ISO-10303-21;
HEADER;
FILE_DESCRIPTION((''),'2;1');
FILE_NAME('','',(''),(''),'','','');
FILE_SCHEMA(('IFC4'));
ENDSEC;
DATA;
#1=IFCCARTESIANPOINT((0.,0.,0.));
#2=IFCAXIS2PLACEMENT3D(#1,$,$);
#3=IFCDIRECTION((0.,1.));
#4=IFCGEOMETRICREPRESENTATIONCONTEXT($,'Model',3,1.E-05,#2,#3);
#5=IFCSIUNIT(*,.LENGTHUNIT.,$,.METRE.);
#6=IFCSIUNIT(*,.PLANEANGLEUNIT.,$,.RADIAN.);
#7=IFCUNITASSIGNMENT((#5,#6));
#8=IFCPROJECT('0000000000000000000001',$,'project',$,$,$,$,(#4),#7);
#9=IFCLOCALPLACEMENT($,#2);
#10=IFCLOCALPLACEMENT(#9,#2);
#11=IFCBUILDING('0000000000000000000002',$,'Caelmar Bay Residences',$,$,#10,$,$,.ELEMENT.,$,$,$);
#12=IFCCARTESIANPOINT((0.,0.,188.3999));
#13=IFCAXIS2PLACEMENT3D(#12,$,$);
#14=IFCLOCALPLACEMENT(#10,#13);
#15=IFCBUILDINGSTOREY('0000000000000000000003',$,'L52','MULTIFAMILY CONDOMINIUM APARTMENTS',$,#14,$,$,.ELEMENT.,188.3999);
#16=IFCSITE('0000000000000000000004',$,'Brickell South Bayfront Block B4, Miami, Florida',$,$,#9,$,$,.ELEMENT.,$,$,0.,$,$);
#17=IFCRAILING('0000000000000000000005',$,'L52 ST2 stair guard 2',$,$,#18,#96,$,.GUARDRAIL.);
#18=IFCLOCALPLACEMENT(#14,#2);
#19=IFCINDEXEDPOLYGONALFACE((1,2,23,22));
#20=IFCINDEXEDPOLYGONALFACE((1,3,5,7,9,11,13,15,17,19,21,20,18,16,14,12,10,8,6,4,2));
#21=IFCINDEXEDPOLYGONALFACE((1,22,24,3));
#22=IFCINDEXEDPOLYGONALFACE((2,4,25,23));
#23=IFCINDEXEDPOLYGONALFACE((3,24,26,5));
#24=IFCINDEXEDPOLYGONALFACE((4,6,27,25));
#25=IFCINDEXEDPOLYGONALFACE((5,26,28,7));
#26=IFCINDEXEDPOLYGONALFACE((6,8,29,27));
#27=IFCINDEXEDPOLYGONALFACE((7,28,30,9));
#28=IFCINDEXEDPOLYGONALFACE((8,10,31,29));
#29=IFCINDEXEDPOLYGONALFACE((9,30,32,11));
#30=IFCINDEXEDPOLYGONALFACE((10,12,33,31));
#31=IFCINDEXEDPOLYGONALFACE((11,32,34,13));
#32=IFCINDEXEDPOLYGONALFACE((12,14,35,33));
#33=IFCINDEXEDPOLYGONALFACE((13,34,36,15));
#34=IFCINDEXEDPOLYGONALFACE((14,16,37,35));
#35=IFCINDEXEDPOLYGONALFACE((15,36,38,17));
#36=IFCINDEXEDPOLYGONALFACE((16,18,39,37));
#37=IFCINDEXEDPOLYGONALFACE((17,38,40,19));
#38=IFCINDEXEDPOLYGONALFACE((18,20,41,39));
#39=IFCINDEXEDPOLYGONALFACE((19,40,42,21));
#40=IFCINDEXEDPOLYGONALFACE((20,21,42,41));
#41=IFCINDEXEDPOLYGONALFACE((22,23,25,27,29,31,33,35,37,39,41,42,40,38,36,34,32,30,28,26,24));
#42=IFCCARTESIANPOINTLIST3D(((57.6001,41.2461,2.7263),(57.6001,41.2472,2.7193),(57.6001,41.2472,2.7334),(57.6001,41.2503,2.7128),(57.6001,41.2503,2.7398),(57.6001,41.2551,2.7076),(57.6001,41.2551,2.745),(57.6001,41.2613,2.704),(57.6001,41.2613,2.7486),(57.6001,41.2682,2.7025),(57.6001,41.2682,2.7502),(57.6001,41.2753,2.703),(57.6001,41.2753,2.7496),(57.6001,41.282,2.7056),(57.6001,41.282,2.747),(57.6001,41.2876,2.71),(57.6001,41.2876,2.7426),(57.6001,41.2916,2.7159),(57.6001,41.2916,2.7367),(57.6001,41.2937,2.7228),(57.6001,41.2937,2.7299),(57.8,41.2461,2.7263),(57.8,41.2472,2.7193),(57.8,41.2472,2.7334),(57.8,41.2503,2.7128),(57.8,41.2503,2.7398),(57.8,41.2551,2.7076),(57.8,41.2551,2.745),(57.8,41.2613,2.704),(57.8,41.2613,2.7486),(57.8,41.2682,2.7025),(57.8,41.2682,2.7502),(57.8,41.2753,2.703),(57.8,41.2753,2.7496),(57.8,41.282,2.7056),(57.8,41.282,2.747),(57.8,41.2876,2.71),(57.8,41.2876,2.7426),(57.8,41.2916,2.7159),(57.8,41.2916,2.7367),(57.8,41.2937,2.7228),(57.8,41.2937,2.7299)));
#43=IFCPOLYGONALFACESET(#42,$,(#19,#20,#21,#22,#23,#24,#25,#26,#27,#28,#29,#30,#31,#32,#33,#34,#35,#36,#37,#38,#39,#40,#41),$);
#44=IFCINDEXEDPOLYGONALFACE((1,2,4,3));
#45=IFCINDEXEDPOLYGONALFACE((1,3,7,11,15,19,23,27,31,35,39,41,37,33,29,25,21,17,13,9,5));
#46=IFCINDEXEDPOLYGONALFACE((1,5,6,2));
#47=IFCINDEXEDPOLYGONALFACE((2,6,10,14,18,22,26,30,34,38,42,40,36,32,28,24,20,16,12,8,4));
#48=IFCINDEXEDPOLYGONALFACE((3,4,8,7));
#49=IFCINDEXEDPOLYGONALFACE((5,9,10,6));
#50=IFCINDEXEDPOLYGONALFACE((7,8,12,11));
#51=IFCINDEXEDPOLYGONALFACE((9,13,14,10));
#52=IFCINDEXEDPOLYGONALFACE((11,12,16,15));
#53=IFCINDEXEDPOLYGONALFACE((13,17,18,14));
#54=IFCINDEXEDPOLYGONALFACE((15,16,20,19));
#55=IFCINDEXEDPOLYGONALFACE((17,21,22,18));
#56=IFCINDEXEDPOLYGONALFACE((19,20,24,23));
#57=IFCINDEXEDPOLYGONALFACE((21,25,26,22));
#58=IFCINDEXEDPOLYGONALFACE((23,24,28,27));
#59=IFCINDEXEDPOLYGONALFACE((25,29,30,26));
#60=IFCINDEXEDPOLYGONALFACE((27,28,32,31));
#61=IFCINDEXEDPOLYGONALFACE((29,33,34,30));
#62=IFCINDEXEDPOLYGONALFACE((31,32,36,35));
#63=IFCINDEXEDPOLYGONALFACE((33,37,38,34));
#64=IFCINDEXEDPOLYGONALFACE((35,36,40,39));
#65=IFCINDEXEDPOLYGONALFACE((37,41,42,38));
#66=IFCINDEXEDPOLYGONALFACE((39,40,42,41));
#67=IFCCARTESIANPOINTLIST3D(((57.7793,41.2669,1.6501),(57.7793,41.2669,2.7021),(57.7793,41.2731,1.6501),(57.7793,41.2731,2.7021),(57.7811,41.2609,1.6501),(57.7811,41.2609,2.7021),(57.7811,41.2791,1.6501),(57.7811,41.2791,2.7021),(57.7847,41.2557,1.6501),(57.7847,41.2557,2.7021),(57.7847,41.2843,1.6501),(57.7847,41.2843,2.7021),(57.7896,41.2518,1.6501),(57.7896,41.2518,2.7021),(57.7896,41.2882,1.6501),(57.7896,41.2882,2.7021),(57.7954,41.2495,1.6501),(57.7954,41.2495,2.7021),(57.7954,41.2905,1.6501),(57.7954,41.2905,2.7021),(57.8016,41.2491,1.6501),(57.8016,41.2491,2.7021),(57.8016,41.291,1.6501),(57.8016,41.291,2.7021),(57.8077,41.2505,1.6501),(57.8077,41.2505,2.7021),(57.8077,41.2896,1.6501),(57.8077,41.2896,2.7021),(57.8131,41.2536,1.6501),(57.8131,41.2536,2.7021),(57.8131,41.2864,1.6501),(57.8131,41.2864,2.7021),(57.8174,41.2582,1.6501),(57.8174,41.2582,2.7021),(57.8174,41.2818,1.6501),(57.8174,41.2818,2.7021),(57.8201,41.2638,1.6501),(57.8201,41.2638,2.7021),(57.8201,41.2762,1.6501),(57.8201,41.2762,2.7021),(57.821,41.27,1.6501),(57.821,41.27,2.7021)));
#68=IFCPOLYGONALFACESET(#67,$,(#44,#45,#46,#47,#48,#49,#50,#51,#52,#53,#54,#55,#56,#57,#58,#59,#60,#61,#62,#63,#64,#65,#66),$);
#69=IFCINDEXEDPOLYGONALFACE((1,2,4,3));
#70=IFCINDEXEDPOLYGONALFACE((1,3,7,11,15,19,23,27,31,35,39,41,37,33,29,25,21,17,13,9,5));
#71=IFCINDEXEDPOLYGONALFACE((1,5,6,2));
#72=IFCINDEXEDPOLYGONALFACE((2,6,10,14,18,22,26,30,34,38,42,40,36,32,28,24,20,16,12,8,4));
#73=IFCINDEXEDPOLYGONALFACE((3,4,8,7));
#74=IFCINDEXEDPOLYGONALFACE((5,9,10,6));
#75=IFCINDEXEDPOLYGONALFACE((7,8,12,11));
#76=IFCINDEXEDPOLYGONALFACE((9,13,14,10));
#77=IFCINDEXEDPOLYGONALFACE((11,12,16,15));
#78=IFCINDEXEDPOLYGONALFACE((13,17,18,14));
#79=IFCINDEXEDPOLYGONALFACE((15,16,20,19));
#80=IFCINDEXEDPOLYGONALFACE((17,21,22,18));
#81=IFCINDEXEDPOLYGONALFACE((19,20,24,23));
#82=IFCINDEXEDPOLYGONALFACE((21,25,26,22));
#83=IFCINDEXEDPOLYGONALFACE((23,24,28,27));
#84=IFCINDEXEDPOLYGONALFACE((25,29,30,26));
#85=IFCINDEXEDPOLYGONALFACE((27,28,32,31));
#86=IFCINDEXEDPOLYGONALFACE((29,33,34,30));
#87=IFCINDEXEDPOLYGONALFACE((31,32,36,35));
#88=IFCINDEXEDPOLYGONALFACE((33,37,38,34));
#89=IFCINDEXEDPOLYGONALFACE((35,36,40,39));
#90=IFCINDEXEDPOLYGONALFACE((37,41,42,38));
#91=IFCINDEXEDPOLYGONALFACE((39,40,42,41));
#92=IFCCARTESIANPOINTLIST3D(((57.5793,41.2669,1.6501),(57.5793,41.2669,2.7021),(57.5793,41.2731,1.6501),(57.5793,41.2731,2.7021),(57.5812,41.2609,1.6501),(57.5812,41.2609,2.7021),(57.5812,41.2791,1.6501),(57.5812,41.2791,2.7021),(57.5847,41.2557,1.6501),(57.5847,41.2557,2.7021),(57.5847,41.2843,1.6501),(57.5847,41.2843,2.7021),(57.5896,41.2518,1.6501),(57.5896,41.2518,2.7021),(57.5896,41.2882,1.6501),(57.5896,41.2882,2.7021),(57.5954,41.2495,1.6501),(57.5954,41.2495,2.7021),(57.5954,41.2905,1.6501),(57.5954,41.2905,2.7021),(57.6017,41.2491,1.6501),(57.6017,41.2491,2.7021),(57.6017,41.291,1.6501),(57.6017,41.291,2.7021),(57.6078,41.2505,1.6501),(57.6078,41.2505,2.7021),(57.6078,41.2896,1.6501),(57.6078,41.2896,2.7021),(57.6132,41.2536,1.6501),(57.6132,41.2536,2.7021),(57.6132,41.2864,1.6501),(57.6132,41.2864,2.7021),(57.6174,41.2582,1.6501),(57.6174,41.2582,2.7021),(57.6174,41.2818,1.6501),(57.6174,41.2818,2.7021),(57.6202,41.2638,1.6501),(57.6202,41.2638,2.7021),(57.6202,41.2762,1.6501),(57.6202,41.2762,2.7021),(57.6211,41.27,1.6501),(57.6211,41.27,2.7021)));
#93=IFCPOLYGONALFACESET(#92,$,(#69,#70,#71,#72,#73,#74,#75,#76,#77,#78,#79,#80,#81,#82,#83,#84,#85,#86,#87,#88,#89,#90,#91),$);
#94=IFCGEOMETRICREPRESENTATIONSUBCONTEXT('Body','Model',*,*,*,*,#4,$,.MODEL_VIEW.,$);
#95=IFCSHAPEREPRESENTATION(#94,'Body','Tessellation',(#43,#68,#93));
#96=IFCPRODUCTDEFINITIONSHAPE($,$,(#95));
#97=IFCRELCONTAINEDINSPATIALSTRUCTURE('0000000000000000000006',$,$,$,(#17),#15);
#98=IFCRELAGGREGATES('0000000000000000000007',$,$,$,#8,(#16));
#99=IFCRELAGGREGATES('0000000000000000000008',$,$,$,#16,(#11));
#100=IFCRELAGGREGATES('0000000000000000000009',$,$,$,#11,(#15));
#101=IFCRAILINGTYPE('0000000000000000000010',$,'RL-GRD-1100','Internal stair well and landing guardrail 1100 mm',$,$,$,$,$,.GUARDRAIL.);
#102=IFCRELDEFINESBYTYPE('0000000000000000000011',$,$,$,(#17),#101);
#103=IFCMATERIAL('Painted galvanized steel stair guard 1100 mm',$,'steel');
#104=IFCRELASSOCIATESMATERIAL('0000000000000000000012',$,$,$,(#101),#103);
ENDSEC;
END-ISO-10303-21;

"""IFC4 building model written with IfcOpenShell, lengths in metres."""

from ifc_helpers import new_model, si_unit, direction, frame, origin, origin_2d, place, context, subcontext, project, spatial, circle, extrude, material, type_object, element, save


model = new_model("IFC4")

# Units and contexts
model_context = context("Model", 3, precision=1e-05, world=origin(), true_north=direction((0.0, 1.0)))
body_context = subcontext(model_context, "Body", "Model", "MODEL_VIEW")
ifc_project = project(units=[si_unit("LENGTHUNIT", "METRE"), si_unit("PLANEANGLEUNIT", "RADIAN")], contexts=[model_context])

# Site, building, storey
site_placement = place(None, origin())
site = spatial("IfcSite", under=ifc_project, at=site_placement, Name="Brickell South Bayfront Block B4, Miami, Florida", CompositionType="ELEMENT", RefElevation=0.0)
building_placement = place(site_placement, origin())
building = spatial("IfcBuilding", under=site, at=building_placement, Name="Caelmar Bay Residences", CompositionType="ELEMENT")
storey_placement = place(building_placement, frame((0.0, 0.0, 188.3999)))
storey = spatial("IfcBuildingStorey", under=building, at=storey_placement, Name="L52", Description="MULTIFAMILY CONDOMINIUM APARTMENTS", CompositionType="ELEMENT", Elevation=188.3999)

# Railing
ifc_material_1 = material(Name="Painted galvanized steel stair guard 1100 mm", Category="steel")
railing_type_1 = type_object("IfcRailingType", Name="RL-GRD-1100", Description="Internal stair well and landing guardrail 1100 mm", PredefinedType="GUARDRAIL", material=ifc_material_1)
railing_1_placement = place(storey_placement, frame((57.8, 41.27, 1.6501)))
element("IfcRailing", 1, at=railing_1_placement, inside=storey, type_object=railing_type_1, Name="L52 ST2 stair guard 2", PredefinedType="GUARDRAIL", context=body_context, shape_type="SweptSolid", body=[
    extrude(circle(Radius=0.0239, at=origin_2d()), frame((0.0, 0.0, 1.0762), z_axis=(-1.0, 0.0, 0.0), x_axis=(0.0, -1.0, 0.0)), (0.0, 0.0, 1.0), 0.2),
    extrude(circle(Radius=0.021, at=origin_2d()), origin(), (0.0, 0.0, 1.0), 1.052),
    extrude(circle(Radius=0.021, at=origin_2d()), frame((-0.2, 0.0, 0.0)), (0.0, 0.0, 1.0), 1.052),
])

save(model, "model.ifc")
